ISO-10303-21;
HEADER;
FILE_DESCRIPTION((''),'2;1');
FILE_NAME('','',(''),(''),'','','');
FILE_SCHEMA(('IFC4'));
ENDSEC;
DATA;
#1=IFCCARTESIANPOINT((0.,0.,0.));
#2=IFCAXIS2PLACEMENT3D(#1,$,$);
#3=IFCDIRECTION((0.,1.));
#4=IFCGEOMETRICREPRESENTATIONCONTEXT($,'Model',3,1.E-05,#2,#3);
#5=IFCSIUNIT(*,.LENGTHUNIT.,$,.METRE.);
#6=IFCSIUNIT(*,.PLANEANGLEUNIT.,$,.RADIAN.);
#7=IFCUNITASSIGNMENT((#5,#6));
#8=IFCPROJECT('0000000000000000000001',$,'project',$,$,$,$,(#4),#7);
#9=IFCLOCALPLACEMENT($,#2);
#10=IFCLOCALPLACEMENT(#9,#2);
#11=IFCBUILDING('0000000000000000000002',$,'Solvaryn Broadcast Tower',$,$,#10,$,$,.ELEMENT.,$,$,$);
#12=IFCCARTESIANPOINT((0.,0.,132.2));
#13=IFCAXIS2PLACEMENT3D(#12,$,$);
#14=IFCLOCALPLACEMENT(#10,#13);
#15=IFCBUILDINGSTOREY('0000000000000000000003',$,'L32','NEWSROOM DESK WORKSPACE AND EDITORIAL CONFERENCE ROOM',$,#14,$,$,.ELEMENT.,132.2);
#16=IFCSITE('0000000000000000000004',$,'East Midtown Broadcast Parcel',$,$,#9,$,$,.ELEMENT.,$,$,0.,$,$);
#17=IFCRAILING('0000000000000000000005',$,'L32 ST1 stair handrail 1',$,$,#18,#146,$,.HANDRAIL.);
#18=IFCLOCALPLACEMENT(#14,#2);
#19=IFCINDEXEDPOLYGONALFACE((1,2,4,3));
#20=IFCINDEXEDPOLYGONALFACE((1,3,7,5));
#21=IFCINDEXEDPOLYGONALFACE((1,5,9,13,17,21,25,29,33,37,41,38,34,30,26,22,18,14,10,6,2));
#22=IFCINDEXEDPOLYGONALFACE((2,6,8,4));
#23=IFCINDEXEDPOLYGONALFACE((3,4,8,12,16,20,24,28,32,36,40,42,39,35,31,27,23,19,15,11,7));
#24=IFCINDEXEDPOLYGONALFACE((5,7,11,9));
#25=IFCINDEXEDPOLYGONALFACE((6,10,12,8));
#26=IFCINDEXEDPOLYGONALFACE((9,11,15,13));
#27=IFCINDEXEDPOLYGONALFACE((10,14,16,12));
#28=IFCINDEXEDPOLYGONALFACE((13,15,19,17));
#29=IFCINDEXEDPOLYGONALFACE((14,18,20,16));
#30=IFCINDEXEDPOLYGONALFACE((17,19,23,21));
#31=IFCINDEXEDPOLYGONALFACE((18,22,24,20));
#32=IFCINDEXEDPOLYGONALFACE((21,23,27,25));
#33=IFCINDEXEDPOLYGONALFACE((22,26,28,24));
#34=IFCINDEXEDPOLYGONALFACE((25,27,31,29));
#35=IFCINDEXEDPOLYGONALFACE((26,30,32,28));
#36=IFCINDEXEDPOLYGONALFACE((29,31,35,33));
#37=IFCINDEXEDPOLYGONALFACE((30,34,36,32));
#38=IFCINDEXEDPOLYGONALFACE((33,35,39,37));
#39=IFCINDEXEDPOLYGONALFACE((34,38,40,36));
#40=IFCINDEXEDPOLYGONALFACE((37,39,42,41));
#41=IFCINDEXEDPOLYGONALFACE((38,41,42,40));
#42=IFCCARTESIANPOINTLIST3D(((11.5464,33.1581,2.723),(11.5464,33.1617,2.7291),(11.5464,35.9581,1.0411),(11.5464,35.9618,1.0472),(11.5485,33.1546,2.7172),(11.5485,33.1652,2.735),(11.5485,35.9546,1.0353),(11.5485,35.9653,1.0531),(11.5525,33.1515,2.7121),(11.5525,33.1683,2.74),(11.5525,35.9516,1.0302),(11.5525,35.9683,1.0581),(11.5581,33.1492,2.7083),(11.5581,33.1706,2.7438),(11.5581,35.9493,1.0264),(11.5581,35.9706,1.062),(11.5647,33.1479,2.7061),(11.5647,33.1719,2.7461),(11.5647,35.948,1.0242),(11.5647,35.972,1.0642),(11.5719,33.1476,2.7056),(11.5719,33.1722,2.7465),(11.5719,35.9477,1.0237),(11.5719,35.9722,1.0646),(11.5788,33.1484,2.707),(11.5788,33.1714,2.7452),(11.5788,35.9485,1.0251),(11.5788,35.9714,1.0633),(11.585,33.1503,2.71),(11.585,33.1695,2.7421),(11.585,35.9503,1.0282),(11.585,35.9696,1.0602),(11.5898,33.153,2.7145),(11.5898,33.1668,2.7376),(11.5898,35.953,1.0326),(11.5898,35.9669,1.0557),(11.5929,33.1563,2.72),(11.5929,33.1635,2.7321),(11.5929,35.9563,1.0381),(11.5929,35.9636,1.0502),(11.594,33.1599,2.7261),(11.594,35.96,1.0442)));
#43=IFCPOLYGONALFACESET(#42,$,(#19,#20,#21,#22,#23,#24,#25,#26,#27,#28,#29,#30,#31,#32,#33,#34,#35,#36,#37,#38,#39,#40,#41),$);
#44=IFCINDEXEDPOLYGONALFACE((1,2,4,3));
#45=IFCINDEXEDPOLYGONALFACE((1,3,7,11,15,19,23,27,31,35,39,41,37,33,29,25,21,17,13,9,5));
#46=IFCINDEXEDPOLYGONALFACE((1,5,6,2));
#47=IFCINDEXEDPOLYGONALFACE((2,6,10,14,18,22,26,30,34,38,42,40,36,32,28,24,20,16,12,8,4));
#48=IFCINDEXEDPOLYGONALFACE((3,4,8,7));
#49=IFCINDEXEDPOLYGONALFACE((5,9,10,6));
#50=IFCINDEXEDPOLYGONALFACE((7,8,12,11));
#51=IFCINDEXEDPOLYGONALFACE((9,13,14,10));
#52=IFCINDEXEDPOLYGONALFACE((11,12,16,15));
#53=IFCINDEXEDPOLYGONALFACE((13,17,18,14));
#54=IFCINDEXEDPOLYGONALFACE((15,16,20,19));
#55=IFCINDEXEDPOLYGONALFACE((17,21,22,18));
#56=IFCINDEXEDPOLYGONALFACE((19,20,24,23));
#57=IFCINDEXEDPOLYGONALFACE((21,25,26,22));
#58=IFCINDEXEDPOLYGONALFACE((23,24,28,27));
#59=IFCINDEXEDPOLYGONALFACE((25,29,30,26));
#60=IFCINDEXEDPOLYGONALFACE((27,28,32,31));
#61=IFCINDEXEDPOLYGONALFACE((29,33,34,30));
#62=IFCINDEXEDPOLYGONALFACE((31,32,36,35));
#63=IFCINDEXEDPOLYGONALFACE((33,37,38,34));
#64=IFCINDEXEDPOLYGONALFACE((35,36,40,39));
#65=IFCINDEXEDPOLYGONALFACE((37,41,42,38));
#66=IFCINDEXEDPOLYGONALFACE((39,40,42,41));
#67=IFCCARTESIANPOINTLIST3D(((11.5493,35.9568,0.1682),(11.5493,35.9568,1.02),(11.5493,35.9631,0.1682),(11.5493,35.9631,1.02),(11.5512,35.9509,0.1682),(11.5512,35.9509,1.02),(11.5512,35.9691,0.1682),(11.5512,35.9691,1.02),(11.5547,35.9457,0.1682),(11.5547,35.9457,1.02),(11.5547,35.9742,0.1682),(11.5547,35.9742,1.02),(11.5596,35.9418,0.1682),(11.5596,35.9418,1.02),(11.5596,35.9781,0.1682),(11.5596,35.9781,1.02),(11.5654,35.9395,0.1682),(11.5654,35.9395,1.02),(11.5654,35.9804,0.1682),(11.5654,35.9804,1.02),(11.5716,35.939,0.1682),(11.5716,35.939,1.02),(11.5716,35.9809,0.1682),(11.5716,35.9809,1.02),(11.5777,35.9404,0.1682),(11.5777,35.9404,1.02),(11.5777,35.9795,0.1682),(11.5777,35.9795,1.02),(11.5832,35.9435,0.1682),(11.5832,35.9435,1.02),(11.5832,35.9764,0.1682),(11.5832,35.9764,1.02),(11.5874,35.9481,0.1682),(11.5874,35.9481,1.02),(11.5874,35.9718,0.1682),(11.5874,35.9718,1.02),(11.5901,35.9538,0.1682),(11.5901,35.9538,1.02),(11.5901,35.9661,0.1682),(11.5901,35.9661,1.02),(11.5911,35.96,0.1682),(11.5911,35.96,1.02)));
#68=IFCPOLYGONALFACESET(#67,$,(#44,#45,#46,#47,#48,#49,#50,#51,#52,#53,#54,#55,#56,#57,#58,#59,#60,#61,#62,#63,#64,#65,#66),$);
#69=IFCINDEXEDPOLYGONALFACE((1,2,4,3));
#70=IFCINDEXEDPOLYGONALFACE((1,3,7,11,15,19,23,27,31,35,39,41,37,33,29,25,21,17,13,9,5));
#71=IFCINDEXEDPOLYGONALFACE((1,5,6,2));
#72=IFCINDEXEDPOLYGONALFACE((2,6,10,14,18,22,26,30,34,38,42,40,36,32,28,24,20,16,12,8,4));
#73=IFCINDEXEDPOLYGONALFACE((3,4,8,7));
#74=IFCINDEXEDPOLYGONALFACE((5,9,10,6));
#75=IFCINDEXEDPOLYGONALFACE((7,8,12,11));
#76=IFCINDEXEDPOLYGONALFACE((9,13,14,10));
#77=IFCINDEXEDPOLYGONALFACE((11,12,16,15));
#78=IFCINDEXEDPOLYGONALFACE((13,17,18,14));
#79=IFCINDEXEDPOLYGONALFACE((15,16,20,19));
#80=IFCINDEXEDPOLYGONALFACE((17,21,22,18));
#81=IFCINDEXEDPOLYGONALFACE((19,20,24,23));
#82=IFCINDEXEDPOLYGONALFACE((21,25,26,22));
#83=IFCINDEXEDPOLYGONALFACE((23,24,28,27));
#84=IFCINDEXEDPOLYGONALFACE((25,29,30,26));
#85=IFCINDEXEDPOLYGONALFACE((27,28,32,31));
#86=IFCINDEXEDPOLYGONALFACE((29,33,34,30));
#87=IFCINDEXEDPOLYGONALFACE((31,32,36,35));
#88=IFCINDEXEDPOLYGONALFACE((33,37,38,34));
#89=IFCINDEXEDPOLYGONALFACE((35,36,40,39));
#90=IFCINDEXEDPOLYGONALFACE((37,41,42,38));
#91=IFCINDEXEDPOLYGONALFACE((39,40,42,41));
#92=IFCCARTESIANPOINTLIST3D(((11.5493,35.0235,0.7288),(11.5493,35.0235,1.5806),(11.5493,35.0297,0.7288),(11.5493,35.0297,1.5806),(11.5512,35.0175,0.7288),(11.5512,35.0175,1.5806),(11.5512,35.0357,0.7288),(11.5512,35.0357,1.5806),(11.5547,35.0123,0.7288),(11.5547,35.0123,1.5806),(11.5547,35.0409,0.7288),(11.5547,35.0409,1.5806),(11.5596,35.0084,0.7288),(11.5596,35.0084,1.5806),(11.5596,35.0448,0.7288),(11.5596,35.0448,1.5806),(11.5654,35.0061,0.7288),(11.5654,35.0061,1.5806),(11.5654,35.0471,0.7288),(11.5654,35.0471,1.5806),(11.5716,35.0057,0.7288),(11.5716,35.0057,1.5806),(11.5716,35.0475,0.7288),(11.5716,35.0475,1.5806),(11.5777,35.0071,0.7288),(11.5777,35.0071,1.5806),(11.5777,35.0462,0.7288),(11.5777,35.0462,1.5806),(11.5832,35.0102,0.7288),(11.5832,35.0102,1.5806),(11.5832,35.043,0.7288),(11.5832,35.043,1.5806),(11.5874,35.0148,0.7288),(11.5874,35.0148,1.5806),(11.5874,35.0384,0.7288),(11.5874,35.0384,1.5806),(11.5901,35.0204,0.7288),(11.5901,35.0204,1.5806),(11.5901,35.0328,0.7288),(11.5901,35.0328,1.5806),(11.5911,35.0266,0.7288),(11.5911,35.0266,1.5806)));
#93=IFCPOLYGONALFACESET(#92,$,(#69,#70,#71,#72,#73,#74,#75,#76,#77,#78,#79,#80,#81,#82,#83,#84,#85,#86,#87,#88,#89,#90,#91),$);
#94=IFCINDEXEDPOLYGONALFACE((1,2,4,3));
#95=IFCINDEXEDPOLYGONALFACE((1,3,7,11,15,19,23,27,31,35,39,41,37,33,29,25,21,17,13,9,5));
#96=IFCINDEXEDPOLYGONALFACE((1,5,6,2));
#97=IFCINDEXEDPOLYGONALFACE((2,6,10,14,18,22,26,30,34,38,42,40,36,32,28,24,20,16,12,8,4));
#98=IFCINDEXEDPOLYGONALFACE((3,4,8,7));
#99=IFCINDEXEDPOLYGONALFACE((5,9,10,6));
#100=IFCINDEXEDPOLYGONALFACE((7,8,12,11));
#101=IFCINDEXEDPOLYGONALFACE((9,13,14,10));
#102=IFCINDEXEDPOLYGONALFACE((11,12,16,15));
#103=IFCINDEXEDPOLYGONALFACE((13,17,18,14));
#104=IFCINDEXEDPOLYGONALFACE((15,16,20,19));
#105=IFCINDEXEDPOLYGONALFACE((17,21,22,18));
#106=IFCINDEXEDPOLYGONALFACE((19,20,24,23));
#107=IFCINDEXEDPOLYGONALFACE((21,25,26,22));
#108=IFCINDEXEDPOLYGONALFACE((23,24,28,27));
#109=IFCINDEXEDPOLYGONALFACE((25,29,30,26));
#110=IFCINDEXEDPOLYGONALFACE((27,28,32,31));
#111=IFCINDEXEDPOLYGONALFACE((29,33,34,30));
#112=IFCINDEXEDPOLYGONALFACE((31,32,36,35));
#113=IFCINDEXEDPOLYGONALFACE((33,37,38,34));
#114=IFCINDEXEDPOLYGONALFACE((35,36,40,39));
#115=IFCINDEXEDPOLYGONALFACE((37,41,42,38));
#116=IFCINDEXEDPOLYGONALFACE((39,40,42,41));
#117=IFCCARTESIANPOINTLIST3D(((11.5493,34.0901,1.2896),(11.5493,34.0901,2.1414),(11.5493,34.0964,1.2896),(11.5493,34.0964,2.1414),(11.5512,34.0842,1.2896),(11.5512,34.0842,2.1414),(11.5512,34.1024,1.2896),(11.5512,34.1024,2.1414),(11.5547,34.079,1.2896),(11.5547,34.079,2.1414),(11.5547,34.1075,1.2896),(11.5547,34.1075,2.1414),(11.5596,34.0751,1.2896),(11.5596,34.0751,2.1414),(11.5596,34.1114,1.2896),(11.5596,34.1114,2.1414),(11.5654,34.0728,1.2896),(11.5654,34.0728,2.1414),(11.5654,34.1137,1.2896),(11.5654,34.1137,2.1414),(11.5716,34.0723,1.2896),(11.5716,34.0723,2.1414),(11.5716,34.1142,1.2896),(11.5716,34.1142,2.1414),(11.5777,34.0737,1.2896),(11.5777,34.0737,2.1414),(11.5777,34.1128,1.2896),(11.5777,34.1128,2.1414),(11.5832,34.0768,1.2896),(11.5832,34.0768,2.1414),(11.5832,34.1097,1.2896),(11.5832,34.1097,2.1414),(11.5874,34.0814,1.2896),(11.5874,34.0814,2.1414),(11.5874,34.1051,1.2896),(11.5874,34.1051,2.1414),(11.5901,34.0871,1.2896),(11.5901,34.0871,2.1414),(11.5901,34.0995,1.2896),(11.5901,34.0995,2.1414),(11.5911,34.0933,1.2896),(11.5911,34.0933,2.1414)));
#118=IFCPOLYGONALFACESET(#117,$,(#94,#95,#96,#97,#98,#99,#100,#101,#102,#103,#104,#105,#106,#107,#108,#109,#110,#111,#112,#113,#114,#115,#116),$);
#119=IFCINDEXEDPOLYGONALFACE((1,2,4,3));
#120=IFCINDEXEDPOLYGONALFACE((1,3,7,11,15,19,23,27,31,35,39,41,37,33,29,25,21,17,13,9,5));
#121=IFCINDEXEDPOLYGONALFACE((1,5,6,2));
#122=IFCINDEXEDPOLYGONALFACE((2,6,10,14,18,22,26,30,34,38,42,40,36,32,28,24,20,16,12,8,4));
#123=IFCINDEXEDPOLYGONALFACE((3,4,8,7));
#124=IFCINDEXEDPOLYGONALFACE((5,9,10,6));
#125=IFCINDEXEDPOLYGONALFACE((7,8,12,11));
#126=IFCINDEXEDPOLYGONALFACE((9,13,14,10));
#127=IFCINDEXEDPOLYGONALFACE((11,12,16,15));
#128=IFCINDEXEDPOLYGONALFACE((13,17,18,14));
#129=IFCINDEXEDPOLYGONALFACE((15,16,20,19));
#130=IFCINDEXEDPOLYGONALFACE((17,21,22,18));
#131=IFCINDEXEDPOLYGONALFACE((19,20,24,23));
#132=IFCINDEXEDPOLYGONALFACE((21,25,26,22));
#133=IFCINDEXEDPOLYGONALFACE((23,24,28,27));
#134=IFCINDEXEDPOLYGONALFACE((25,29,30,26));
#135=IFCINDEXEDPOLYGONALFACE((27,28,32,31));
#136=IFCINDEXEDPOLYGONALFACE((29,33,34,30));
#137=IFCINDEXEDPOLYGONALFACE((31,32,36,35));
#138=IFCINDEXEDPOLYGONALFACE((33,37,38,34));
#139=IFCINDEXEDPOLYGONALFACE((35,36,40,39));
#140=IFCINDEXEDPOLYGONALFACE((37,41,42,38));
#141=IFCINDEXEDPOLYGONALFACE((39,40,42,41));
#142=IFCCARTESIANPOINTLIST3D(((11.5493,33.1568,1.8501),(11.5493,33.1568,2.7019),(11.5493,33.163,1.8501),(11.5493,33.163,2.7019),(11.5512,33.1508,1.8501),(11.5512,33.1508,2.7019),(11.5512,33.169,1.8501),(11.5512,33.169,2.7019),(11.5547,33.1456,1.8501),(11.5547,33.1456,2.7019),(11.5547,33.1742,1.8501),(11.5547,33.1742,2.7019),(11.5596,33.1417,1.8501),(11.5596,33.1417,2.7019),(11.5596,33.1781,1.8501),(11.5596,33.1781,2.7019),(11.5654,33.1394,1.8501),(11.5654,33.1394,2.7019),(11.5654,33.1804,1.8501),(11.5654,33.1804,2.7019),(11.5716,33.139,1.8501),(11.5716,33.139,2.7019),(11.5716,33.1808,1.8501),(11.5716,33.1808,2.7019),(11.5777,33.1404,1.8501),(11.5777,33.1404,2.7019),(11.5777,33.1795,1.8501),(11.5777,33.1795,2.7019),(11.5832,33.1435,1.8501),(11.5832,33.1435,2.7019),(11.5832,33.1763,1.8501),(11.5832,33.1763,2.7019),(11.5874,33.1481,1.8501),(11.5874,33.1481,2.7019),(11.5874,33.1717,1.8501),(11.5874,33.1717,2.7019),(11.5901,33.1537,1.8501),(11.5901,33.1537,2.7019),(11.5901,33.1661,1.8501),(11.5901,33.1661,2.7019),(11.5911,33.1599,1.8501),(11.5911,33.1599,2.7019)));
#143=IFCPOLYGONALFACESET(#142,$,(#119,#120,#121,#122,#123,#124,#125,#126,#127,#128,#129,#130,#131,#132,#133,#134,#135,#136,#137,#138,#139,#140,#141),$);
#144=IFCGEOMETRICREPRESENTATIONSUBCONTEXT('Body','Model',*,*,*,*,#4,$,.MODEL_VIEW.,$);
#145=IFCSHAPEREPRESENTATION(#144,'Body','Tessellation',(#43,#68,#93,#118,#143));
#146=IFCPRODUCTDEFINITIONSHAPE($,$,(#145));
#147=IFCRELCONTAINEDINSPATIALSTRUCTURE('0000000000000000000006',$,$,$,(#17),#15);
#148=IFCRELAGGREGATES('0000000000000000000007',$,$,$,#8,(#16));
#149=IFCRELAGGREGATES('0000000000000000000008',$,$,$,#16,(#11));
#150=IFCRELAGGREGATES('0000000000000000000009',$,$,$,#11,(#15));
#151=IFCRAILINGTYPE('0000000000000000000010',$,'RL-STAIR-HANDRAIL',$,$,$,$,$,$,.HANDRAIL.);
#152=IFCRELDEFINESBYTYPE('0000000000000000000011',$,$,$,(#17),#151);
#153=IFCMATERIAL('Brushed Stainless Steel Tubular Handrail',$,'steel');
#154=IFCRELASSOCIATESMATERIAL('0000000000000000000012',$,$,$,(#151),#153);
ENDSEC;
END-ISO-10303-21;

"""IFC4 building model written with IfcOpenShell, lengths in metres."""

from ifc_helpers import new_model, si_unit, direction, frame, origin, origin_2d, place, context, subcontext, project, spatial, circle, extrude, material, type_object, element, save


model = new_model("IFC4")

# Units and contexts
model_context = context("Model", 3, precision=1e-05, world=origin(), true_north=direction((0.0, 1.0)))
body_context = subcontext(model_context, "Body", "Model", "MODEL_VIEW")
ifc_project = project(units=[si_unit("LENGTHUNIT", "METRE"), si_unit("PLANEANGLEUNIT", "RADIAN")], contexts=[model_context])

# Site, building, storey
site_placement = place(None, origin())
site = spatial("IfcSite", under=ifc_project, at=site_placement, Name="East Midtown Broadcast Parcel", CompositionType="ELEMENT", RefElevation=0.0)
building_placement = place(site_placement, origin())
building = spatial("IfcBuilding", under=site, at=building_placement, Name="Solvaryn Broadcast Tower", CompositionType="ELEMENT")
storey_placement = place(building_placement, frame((0.0, 0.0, 132.2)))
storey = spatial("IfcBuildingStorey", under=building, at=storey_placement, Name="L32", Description="NEWSROOM DESK WORKSPACE AND EDITORIAL CONFERENCE ROOM", CompositionType="ELEMENT", Elevation=132.2)

# Railing
ifc_material_1 = material(Name="Brushed Stainless Steel Tubular Handrail", Category="steel")
railing_type_1 = type_object("IfcRailingType", Name="RL-STAIR-HANDRAIL", PredefinedType="HANDRAIL", material=ifc_material_1)
railing_1_placement = place(storey_placement, frame((11.5701, 35.96, 0.1682)))
element("IfcRailing", 1, at=railing_1_placement, inside=storey, type_object=railing_type_1, Name="L32 ST1 stair handrail 1", PredefinedType="HANDRAIL", context=body_context, shape_type="SweptSolid", body=[
    extrude(circle(Radius=0.0239, at=origin_2d()), frame((0.0, 0.0, 0.876), z_axis=(0.0, -0.857242, 0.514913), x_axis=(1.0, 0.0, 0.0)), (0.0, 0.0, 1.0), 3.2664),
    extrude(circle(Radius=0.021, at=origin_2d()), origin(), (0.0, 0.0, 1.0), 0.8518),
    extrude(circle(Radius=0.021, at=origin_2d()), frame((0.0, -0.9333, 0.5605)), (0.0, 0.0, 1.0), 0.8518),
    extrude(circle(Radius=0.021, at=origin_2d()), frame((0.0, -1.8667, 1.1213)), (0.0, 0.0, 1.0), 0.8518),
    extrude(circle(Radius=0.021, at=origin_2d()), frame((0.0, -2.8, 1.6819)), (0.0, 0.0, 1.0), 0.8518),
])

save(model, "model.ifc")
